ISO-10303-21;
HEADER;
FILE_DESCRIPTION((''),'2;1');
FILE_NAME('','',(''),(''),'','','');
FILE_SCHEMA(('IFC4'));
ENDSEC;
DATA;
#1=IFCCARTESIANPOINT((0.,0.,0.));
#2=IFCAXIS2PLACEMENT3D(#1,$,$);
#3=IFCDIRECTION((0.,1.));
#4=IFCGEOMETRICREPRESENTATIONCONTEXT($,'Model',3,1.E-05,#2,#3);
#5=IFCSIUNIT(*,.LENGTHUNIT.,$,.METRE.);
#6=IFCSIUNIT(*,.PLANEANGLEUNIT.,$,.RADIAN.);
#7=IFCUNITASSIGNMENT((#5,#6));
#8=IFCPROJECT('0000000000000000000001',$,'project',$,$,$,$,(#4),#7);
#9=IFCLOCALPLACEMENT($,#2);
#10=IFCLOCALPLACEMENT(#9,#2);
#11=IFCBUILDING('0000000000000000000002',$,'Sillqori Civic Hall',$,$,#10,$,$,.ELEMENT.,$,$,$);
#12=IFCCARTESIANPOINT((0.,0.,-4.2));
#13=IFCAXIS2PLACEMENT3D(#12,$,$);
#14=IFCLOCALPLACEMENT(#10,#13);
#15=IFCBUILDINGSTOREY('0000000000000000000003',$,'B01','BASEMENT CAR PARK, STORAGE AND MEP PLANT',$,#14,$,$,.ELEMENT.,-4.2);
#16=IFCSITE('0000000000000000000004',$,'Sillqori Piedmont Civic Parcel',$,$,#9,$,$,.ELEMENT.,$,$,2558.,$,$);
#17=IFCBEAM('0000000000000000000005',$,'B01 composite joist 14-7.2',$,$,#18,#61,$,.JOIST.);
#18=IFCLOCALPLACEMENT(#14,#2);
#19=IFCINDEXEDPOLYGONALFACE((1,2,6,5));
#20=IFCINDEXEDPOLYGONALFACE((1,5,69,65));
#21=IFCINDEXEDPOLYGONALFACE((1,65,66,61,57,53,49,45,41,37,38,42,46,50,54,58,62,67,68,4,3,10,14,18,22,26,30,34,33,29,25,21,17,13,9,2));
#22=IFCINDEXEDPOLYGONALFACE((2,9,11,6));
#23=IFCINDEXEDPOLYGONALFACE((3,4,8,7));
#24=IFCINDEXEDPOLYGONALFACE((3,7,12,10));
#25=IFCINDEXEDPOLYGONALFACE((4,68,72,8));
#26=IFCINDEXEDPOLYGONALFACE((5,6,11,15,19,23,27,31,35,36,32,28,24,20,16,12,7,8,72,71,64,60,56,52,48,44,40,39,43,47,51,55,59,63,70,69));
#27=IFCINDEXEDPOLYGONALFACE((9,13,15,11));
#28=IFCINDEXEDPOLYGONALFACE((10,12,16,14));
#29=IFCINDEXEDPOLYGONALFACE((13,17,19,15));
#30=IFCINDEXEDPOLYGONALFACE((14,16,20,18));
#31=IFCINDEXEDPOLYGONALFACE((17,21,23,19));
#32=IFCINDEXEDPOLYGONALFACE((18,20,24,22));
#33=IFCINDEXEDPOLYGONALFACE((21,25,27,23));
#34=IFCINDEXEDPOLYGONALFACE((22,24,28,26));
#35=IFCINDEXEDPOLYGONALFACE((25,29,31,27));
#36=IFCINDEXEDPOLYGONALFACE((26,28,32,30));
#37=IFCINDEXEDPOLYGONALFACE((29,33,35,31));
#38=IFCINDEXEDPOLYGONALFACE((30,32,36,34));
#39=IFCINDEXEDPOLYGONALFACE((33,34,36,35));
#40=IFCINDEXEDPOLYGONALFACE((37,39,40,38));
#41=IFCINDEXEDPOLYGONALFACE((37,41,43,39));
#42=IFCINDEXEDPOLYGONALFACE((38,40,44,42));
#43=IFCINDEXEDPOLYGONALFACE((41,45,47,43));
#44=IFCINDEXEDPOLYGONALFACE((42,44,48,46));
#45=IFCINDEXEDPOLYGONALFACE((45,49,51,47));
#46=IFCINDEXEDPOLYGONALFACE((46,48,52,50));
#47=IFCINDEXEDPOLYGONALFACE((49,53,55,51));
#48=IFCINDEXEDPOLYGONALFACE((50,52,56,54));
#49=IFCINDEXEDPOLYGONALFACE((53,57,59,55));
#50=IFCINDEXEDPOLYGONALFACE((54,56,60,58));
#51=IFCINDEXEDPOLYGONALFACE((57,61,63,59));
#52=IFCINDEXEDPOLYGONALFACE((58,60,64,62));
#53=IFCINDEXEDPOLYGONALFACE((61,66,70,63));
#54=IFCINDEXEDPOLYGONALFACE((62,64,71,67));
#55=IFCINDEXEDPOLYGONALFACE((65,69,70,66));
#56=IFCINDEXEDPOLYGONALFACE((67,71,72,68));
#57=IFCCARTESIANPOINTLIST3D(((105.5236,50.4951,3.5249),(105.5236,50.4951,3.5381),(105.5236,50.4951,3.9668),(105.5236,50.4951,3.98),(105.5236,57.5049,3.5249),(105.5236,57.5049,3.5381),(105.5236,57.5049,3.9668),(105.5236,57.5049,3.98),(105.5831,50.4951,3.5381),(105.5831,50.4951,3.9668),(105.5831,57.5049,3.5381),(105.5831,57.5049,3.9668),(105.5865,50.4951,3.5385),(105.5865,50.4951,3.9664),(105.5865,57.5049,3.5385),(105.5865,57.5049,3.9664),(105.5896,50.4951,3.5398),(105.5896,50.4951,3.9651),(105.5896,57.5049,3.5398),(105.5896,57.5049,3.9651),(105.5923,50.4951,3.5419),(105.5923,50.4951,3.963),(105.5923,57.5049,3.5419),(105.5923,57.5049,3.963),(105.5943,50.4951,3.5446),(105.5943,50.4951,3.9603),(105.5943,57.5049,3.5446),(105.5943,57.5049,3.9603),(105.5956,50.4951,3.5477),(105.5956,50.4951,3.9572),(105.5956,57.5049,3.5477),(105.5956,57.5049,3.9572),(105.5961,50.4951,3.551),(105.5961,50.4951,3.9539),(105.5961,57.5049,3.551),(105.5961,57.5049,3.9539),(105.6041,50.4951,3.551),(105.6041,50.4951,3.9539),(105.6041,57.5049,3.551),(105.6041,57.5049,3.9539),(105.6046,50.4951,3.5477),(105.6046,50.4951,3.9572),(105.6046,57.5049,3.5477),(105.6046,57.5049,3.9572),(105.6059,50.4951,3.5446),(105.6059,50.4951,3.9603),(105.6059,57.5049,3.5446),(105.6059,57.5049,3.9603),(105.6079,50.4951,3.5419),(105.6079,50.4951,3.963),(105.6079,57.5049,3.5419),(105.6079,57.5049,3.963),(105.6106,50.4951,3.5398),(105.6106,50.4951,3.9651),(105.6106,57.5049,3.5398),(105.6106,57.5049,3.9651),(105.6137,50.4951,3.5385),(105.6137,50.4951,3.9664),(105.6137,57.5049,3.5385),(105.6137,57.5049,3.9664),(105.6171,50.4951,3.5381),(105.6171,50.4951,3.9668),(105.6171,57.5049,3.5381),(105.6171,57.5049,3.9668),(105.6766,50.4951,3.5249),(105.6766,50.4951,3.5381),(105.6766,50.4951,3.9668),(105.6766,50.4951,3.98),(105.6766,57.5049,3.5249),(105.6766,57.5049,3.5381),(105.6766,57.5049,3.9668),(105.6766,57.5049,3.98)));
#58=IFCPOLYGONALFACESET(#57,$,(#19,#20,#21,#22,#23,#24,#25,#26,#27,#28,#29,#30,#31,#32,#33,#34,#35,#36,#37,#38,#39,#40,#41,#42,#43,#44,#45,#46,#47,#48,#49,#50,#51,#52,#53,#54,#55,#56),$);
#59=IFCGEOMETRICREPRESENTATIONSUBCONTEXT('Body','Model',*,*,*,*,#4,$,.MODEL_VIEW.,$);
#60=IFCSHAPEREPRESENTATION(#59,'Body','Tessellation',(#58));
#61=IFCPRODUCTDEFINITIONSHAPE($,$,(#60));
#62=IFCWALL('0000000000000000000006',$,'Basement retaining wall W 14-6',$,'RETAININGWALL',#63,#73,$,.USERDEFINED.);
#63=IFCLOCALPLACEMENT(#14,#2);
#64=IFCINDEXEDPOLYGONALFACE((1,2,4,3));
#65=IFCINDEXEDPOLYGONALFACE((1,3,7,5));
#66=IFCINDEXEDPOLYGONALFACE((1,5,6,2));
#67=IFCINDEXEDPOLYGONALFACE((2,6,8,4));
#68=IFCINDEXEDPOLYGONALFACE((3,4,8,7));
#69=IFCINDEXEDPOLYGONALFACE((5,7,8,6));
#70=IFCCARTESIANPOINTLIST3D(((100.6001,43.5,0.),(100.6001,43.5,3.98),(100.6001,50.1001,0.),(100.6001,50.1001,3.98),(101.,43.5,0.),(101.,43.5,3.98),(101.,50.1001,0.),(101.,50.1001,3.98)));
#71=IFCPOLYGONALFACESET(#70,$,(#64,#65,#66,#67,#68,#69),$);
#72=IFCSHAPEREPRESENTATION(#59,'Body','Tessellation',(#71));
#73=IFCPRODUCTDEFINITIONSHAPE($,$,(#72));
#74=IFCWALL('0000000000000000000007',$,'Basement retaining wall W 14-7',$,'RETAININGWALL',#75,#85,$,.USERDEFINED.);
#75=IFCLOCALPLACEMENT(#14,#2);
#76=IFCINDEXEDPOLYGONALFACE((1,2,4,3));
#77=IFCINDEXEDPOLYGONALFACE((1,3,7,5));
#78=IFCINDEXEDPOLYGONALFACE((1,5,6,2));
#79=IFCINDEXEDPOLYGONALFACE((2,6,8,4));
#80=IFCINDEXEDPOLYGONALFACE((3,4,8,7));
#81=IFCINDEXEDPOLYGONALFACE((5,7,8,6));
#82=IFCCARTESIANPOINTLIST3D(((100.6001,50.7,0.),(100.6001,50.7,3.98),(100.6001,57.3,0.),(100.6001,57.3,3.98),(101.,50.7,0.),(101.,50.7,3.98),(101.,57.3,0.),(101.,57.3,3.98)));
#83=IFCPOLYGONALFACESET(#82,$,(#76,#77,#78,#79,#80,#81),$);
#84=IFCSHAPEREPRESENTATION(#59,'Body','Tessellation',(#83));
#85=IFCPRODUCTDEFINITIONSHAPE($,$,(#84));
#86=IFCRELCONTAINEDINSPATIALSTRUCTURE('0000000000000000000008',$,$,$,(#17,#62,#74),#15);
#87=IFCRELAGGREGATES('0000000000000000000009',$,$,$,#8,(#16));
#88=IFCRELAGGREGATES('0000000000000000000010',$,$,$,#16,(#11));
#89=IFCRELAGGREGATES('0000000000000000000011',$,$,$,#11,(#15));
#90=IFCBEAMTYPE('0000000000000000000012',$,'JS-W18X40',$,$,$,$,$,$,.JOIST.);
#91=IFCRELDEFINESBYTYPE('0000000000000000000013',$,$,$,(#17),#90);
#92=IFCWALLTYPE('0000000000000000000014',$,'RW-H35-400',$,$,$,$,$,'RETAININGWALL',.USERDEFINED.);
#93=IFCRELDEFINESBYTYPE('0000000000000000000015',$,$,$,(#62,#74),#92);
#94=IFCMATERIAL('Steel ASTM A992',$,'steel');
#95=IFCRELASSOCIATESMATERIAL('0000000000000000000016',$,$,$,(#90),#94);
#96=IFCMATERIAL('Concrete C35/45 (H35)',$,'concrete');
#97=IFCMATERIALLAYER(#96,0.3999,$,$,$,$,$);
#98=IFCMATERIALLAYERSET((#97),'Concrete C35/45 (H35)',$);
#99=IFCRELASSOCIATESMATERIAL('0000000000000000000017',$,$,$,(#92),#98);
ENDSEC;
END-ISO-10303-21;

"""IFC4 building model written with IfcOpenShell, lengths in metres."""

from ifc_helpers import new_model, si_unit, direction, frame, frame_2d, origin, origin_2d, place, context, subcontext, project, spatial, rectangle, i_section, extrude, material, layer, layer_set, material_profile, profile_set, type_object, element, save


model = new_model("IFC4")

# Units and contexts
model_context = context("Model", 3, precision=1e-05, world=origin(), true_north=direction((0.0, 1.0)))
body_context = subcontext(model_context, "Body", "Model", "MODEL_VIEW")
ifc_project = project(units=[si_unit("LENGTHUNIT", "METRE"), si_unit("PLANEANGLEUNIT", "RADIAN")], contexts=[model_context])

# Site, building, storey
site_placement = place(None, origin())
site = spatial("IfcSite", under=ifc_project, at=site_placement, Name="Sillqori Piedmont Civic Parcel", CompositionType="ELEMENT", RefElevation=2558.0)
building_placement = place(site_placement, origin())
building = spatial("IfcBuilding", under=site, at=building_placement, Name="Sillqori Civic Hall", CompositionType="ELEMENT")
storey_placement = place(building_placement, frame((0.0, 0.0, -4.2)))
storey = spatial("IfcBuildingStorey", under=building, at=storey_placement, Name="B01", Description="BASEMENT CAR PARK, STORAGE AND MEP PLANT", CompositionType="ELEMENT", Elevation=-4.2)

# Shared definitions
ifc_material_1 = material(Name="Concrete C35/45 (H35)", Category="concrete")

# Beam
ifc_material_2 = material(Name="Steel ASTM A992", Category="steel")
ifc_material_profile_1 = material_profile(ifc_material_2, i_section(OverallWidth=0.1531, OverallDepth=0.4551, WebThickness=0.0081, FlangeThickness=0.0132, FilletRadius=0.0129, at=origin_2d()), Name="W18X40")
ifc_profile_set_1 = profile_set([ifc_material_profile_1], Name="Steel ASTM A992")
beam_type_1 = type_object("IfcBeamType", Name="JS-W18X40", PredefinedType="JOIST", material=ifc_profile_set_1)
for number, where, z_axis, x_axis, name in (
    (1, (105.6001, 50.4951, 3.7524), (0.0, 1.0, 0.0), (-1.0, 0.0, 0.0), "B01 composite joist 14-7.2"),
):
    element("IfcBeam", number, at=place(storey_placement, frame(where, z_axis=z_axis, x_axis=x_axis)), inside=storey, type_object=beam_type_1, Name=name, PredefinedType="JOIST", context=body_context, shape_type="SweptSolid", body=[
        extrude(i_section(OverallWidth=0.1531, OverallDepth=0.4551, WebThickness=0.0081, FlangeThickness=0.0132, FilletRadius=0.0129, at=origin_2d()), origin(), (0.0, 0.0, 1.0), 7.0098),
    ])

# Walls
ifc_layer = layer(ifc_material_1, 0.3999)
ifc_layer_set = layer_set([ifc_layer], Name="Concrete C35/45 (H35)")
wall_type = type_object("IfcWallType", Name="RW-H35-400", ElementType="RETAININGWALL", PredefinedType="USERDEFINED", material=ifc_layer_set)
for number, where, z_axis, x_axis, name in (
    (2, (100.8, 43.5, 0.0), (0.0, 0.0, 1.0), (0.0, 1.0, 0.0), "Basement retaining wall W 14-6"),
    (3, (100.8, 50.7, 0.0), (0.0, 0.0, 1.0), (0.0, 1.0, 0.0), "Basement retaining wall W 14-7"),
):
    element("IfcWall", number, at=place(storey_placement, frame(where, z_axis=z_axis, x_axis=x_axis)), inside=storey, type_object=wall_type, Name=name, ObjectType="RETAININGWALL", PredefinedType="USERDEFINED", context=body_context, shape_type="SweptSolid", body=[
        extrude(rectangle(XDim=6.6001, YDim=0.3999, at=frame_2d((3.3, 0.0))), origin(), (0.0, 0.0, 1.0), 3.98),
    ])

save(model, "model.ifc")
